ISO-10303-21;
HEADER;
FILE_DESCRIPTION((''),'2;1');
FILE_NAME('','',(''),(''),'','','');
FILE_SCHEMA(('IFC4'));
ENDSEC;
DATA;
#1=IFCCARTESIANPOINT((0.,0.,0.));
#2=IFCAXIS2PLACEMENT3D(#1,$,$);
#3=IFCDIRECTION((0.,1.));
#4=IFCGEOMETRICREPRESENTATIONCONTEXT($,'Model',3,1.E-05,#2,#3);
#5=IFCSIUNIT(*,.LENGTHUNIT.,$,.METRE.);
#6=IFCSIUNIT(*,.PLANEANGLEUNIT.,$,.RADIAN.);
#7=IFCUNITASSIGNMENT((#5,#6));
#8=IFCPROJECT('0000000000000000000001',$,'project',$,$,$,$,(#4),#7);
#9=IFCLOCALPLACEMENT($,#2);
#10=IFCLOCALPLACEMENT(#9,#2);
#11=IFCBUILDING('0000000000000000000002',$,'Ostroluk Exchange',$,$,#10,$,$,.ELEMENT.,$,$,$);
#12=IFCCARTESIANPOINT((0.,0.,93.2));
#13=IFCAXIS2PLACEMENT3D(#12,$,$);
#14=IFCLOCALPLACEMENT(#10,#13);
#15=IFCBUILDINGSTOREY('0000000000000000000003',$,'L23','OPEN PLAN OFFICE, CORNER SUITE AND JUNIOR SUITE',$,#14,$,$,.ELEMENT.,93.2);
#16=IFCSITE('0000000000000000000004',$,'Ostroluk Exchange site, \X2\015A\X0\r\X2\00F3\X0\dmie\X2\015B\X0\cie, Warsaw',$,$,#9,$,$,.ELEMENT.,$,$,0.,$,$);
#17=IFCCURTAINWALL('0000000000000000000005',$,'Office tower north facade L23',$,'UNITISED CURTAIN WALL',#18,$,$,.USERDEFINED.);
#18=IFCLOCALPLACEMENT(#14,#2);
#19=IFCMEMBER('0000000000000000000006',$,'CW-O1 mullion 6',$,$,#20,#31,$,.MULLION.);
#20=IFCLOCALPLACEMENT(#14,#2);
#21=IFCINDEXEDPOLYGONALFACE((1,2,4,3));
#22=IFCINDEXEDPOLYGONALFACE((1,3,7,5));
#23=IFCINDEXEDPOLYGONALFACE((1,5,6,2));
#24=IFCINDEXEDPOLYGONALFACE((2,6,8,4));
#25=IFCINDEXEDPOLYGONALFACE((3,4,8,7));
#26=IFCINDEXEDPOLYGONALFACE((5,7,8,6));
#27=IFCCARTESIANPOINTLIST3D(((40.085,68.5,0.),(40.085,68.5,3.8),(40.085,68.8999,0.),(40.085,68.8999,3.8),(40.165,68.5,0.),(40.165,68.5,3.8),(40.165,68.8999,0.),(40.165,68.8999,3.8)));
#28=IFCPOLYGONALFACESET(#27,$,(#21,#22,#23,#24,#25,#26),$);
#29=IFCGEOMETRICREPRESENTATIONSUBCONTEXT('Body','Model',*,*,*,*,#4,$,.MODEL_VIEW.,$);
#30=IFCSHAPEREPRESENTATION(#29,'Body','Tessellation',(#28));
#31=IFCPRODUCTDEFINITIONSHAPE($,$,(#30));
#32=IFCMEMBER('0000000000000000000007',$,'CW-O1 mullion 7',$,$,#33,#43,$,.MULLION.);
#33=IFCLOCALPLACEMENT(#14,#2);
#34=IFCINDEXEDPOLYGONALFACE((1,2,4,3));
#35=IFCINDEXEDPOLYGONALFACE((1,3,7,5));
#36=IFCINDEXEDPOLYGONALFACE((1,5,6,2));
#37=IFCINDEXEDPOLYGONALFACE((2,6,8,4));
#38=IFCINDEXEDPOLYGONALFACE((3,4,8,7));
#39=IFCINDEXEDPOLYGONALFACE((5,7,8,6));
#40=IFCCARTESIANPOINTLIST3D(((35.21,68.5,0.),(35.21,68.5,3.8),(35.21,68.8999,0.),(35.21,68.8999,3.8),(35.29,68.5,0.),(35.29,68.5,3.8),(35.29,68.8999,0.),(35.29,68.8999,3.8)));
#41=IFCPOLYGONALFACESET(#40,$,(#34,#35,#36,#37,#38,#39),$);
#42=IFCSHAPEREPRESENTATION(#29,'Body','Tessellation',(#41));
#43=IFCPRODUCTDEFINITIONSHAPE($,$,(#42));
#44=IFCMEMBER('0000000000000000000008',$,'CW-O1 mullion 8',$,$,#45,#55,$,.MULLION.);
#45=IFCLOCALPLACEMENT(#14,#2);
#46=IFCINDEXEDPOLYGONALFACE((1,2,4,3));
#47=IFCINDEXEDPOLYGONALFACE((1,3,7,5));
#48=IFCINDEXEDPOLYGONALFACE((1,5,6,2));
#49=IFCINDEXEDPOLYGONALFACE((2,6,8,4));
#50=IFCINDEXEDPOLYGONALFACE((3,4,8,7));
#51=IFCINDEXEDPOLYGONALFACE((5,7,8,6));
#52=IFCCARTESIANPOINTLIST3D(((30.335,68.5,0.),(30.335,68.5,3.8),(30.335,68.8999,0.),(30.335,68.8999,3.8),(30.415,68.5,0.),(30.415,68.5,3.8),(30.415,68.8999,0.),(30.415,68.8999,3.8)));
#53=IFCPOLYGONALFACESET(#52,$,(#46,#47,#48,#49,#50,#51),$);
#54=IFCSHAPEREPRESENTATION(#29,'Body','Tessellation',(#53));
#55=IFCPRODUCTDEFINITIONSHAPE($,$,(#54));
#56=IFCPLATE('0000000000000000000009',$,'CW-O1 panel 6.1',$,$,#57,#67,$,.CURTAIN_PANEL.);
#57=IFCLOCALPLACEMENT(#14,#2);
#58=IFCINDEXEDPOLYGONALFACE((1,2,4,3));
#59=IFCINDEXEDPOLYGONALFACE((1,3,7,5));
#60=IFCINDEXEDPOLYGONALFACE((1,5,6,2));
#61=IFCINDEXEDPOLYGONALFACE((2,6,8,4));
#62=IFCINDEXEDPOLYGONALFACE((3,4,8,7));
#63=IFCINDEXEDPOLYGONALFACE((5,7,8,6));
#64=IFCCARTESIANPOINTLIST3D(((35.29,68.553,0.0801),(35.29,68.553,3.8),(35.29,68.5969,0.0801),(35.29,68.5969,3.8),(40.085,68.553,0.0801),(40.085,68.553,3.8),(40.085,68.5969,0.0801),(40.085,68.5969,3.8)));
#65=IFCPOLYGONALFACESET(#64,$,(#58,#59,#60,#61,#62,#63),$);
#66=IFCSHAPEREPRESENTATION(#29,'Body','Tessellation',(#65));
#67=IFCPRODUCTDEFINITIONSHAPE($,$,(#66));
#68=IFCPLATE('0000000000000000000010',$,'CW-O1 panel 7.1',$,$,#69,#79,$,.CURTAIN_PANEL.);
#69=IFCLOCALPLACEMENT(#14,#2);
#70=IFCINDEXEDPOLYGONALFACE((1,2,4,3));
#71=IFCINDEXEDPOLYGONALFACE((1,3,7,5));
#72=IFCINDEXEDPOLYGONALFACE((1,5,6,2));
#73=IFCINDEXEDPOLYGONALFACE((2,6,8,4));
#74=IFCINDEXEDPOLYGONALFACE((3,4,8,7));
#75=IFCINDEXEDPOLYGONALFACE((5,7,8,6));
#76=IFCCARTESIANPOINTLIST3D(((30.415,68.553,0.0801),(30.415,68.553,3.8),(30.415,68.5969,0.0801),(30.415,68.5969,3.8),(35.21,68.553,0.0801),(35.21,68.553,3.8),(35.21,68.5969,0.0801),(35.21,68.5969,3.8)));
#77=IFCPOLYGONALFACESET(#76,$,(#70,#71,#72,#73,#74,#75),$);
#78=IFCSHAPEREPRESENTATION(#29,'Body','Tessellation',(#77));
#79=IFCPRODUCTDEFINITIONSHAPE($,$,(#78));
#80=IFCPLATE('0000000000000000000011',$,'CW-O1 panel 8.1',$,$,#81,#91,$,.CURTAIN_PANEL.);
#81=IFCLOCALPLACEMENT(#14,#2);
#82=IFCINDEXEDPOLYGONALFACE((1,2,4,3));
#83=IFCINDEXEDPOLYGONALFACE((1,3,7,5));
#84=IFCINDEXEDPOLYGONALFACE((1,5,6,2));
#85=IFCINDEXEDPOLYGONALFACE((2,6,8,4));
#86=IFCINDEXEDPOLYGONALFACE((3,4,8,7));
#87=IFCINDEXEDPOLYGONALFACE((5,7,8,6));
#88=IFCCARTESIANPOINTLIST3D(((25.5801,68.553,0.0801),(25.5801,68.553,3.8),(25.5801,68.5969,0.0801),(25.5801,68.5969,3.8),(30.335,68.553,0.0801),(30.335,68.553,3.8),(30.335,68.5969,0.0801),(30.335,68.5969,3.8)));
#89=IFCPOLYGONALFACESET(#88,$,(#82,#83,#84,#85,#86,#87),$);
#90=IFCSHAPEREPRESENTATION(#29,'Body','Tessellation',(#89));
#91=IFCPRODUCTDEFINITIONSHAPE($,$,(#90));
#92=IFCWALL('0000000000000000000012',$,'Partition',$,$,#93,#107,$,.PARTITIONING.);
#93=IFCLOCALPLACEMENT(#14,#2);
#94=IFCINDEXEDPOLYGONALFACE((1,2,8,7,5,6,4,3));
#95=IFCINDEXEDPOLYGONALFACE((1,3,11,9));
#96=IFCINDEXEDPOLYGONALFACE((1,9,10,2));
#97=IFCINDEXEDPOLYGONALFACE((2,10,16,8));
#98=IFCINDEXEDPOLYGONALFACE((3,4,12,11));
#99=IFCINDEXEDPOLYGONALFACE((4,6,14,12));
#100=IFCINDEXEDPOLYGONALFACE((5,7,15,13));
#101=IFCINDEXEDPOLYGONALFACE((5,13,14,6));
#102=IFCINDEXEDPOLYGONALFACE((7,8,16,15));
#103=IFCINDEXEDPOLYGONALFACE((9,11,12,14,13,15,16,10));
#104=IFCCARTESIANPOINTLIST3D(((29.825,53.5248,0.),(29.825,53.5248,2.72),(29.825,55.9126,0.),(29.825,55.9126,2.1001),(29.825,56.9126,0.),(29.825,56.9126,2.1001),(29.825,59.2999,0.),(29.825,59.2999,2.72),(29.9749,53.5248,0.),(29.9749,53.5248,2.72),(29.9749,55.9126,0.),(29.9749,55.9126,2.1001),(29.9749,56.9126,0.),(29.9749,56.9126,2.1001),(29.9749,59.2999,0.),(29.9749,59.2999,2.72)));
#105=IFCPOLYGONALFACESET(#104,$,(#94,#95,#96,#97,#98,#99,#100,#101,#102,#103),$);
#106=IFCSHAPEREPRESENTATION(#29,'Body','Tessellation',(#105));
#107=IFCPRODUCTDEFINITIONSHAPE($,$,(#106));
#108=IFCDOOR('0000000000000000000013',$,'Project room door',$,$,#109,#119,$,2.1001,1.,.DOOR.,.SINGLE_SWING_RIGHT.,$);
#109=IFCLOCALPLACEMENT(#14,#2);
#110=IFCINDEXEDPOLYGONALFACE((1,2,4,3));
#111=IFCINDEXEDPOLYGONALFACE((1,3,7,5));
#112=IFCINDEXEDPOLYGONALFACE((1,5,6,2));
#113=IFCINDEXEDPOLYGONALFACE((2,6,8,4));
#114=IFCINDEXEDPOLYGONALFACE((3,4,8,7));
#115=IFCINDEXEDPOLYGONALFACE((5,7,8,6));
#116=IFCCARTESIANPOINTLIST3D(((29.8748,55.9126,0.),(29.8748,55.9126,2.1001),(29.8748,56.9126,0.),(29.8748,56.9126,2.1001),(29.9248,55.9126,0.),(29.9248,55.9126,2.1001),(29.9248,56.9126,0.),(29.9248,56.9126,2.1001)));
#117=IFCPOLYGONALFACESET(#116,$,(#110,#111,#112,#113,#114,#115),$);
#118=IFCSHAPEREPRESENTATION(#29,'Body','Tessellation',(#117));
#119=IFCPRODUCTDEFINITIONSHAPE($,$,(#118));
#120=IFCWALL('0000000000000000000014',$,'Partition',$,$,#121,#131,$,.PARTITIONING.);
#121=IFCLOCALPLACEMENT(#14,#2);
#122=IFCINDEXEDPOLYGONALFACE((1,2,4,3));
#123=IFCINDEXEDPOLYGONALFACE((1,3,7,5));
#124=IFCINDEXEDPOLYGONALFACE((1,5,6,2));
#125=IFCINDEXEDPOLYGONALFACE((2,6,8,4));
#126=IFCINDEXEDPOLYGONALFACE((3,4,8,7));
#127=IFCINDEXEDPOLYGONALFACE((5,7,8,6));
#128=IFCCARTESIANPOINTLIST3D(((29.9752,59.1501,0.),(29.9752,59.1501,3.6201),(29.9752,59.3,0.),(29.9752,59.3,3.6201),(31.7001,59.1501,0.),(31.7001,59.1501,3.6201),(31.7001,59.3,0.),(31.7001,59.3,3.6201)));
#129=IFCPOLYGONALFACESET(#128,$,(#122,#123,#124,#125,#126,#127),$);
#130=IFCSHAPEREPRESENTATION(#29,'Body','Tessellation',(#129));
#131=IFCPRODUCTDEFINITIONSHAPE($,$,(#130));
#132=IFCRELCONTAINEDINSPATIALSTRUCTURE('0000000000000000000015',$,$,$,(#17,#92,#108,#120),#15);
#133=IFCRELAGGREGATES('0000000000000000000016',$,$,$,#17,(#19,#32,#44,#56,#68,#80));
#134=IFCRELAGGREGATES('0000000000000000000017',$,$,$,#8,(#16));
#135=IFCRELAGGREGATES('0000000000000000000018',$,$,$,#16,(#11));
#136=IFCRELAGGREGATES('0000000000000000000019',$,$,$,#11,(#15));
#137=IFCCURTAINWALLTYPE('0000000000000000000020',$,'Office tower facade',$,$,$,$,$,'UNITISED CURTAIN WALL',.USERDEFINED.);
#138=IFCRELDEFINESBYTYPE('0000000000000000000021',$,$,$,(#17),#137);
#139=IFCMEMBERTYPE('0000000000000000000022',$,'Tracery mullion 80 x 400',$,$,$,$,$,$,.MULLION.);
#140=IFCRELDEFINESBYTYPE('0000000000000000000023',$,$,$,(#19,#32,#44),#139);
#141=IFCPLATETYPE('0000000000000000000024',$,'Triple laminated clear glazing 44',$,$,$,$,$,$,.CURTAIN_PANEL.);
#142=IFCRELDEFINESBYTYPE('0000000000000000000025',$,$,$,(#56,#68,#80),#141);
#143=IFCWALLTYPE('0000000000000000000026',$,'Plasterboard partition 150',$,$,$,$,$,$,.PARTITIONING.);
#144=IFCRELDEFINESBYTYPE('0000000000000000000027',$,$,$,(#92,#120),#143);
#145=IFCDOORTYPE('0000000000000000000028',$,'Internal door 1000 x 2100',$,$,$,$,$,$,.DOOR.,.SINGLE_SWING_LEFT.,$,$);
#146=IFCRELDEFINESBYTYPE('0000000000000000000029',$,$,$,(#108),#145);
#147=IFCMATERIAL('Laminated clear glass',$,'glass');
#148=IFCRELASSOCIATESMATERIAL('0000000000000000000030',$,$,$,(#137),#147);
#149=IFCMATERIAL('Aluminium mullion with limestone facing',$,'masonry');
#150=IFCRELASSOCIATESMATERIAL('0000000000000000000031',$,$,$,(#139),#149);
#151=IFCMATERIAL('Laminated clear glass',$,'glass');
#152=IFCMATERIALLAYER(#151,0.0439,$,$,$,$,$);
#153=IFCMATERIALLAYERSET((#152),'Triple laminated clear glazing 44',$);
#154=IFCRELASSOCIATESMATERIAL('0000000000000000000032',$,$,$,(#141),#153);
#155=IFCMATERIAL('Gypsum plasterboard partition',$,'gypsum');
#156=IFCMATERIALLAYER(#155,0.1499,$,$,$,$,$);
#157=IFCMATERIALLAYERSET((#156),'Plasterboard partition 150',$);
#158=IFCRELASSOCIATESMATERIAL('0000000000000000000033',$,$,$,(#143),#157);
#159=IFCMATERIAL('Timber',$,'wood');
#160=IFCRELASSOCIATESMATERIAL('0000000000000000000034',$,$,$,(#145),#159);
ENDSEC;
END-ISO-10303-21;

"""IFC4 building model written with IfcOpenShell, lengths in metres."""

from ifc_helpers import new_model, si_unit, direction, frame, frame_2d, origin, origin_2d, place, context, subcontext, project, spatial, rectangle, extrude, material, layer, layer_set, material_profile, profile_set, type_object, element, fill, aggregate, save


model = new_model("IFC4")

# Units and contexts
model_context = context("Model", 3, precision=1e-05, world=origin(), true_north=direction((0.0, 1.0)))
body_context = subcontext(model_context, "Body", "Model", "MODEL_VIEW")
ifc_project = project(units=[si_unit("LENGTHUNIT", "METRE"), si_unit("PLANEANGLEUNIT", "RADIAN")], contexts=[model_context])

# Site, building, storey
site_placement = place(None, origin())
site = spatial("IfcSite", under=ifc_project, at=site_placement, Name="Ostroluk Exchange site, Śródmieście, Warsaw", CompositionType="ELEMENT", RefElevation=0.0)
building_placement = place(site_placement, origin())
building = spatial("IfcBuilding", under=site, at=building_placement, Name="Ostroluk Exchange", CompositionType="ELEMENT")
storey_placement = place(building_placement, frame((0.0, 0.0, 93.2)))
storey = spatial("IfcBuildingStorey", under=building, at=storey_placement, Name="L23", Description="OPEN PLAN OFFICE, CORNER SUITE AND JUNIOR SUITE", CompositionType="ELEMENT", Elevation=93.2)

# Curtain wall, members, plates
ifc_material_1 = material(Name="Laminated clear glass", Category="glass")
curtain_wall_type = type_object("IfcCurtainWallType", Name="Office tower facade", ElementType="UNITISED CURTAIN WALL", PredefinedType="USERDEFINED", material=ifc_material_1)
curtain_wall_placement = place(storey_placement, origin())
curtain_wall = element("IfcCurtainWall", 1, at=curtain_wall_placement, inside=storey, type_object=curtain_wall_type, Name="Office tower north facade L23", ObjectType="UNITISED CURTAIN WALL", PredefinedType="USERDEFINED")
ifc_material_2 = material(Name="Aluminium mullion with limestone facing", Category="masonry")
ifc_material_profile_1 = material_profile(ifc_material_2, rectangle(XDim=0.3999, YDim=0.0801, at=origin_2d()), Name="Tracery mullion 80 x 400")
ifc_profile_set_1 = profile_set([ifc_material_profile_1], Name="Aluminium mullion with limestone facing")
member_type_1 = type_object("IfcMemberType", Name="Tracery mullion 80 x 400", PredefinedType="MULLION", material=ifc_profile_set_1)
member_1_placement = place(storey_placement, frame((40.125, 68.7, 0.0), z_axis=(0.0, 0.0, 1.0), x_axis=(0.0, -1.0, 0.0)))
member_1 = element("IfcMember", 2, at=member_1_placement, type_object=member_type_1, Name="CW-O1 mullion 6", PredefinedType="MULLION", context=body_context, shape_type="SweptSolid", body=[
    extrude(rectangle(XDim=0.3999, YDim=0.0801, at=origin_2d()), origin(), (0.0, 0.0, 1.0), 3.8),
])
member_2_placement = place(storey_placement, frame((35.25, 68.7, 0.0), z_axis=(0.0, 0.0, 1.0), x_axis=(0.0, -1.0, 0.0)))
member_2 = element("IfcMember", 3, at=member_2_placement, type_object=member_type_1, Name="CW-O1 mullion 7", PredefinedType="MULLION", context=body_context, shape_type="SweptSolid", body=[
    extrude(rectangle(XDim=0.3999, YDim=0.0801, at=origin_2d()), origin(), (0.0, 0.0, 1.0), 3.8),
])
member_3_placement = place(storey_placement, frame((30.375, 68.7, 0.0), z_axis=(0.0, 0.0, 1.0), x_axis=(0.0, -1.0, 0.0)))
member_3 = element("IfcMember", 4, at=member_3_placement, type_object=member_type_1, Name="CW-O1 mullion 8", PredefinedType="MULLION", context=body_context, shape_type="SweptSolid", body=[
    extrude(rectangle(XDim=0.3999, YDim=0.0801, at=origin_2d()), origin(), (0.0, 0.0, 1.0), 3.8),
])
ifc_material_3 = material(Name="Laminated clear glass", Category="glass")
ifc_layer_1 = layer(ifc_material_3, 0.0439)
ifc_layer_set_1 = layer_set([ifc_layer_1], Name="Triple laminated clear glazing 44")
plate_type = type_object("IfcPlateType", Name="Triple laminated clear glazing 44", PredefinedType="CURTAIN_PANEL", material=ifc_layer_set_1)
plate_1_placement = place(storey_placement, frame((37.6875, 68.575, 0.0801), z_axis=(0.0, 0.0, 1.0), x_axis=(-1.0, 0.0, 0.0)))
plate_1 = element("IfcPlate", 5, at=plate_1_placement, type_object=plate_type, Name="CW-O1 panel 6.1", PredefinedType="CURTAIN_PANEL", context=body_context, shape_type="SweptSolid", body=[
    extrude(rectangle(XDim=4.7949, YDim=0.0439, at=origin_2d()), origin(), (0.0, 0.0, 1.0), 3.72),
])
plate_2_placement = place(storey_placement, frame((32.8125, 68.575, 0.0801), z_axis=(0.0, 0.0, 1.0), x_axis=(-1.0, 0.0, 0.0)))
plate_2 = element("IfcPlate", 6, at=plate_2_placement, type_object=plate_type, Name="CW-O1 panel 7.1", PredefinedType="CURTAIN_PANEL", context=body_context, shape_type="SweptSolid", body=[
    extrude(rectangle(XDim=4.7949, YDim=0.0439, at=origin_2d()), origin(), (0.0, 0.0, 1.0), 3.72),
])
plate_3_placement = place(storey_placement, frame((27.9575, 68.575, 0.0801), z_axis=(0.0, 0.0, 1.0), x_axis=(-1.0, 0.0, 0.0)))
plate_3 = element("IfcPlate", 7, at=plate_3_placement, type_object=plate_type, Name="CW-O1 panel 8.1", PredefinedType="CURTAIN_PANEL", context=body_context, shape_type="SweptSolid", body=[
    extrude(rectangle(XDim=4.7549, YDim=0.0439, at=origin_2d()), origin(), (0.0, 0.0, 1.0), 3.72),
])
aggregate(curtain_wall, [member_1, member_2, member_3, plate_1, plate_2, plate_3])

# Wall, opening, door
ifc_material_4 = material(Name="Gypsum plasterboard partition", Category="gypsum")
ifc_layer_2 = layer(ifc_material_4, 0.1499)
ifc_layer_set_2 = layer_set([ifc_layer_2], Name="Plasterboard partition 150")
wall_type = type_object("IfcWallType", Name="Plasterboard partition 150", PredefinedType="PARTITIONING", material=ifc_layer_set_2)
wall_1_placement = place(storey_placement, frame((29.8999, 59.3, 0.0), z_axis=(0.0, 0.0, 1.0), x_axis=(0.0, -1.0, 0.0)))
wall_1 = element("IfcWall", 8, at=wall_1_placement, inside=storey, type_object=wall_type, Name="Partition", PredefinedType="PARTITIONING", context=body_context, shape_type="SweptSolid", body=[
    extrude(rectangle(XDim=5.7751, YDim=0.1499, at=frame_2d((2.8877, 0.0))), origin(), (0.0, 0.0, 1.0), 2.72),
])
opening_1_placement = place(wall_1_placement, frame((2.3875, 0.0, 0.0)))
opening_1 = element("IfcOpeningElement", 9, at=opening_1_placement, cuts=wall_1, PredefinedType="OPENING", context=body_context, shape_type="SweptSolid", body=[
    extrude(rectangle(XDim=1.0, YDim=2.1001, at=frame_2d((0.5, 1.05))), frame((0.0, 0.085, 0.0), z_axis=(0.0, -1.0, 0.0), x_axis=(1.0, 0.0, 0.0)), (0.0, 0.0, 1.0), 0.1699),
])
ifc_material_5 = material(Name="Timber", Category="wood")
door_type_1 = type_object("IfcDoorType", Name="Internal door 1000 x 2100", OperationType="SINGLE_SWING_LEFT", PredefinedType="DOOR", material=ifc_material_5)
door_1_placement = place(opening_1_placement, origin())
door_1 = element("IfcDoor", 10, at=door_1_placement, inside=storey, type_object=door_type_1, Name="Project room door", OperationType="SINGLE_SWING_RIGHT", OverallHeight=2.1001, OverallWidth=1.0, PredefinedType="DOOR", context=body_context, shape_type="SweptSolid", body=[
    extrude(rectangle(XDim=1.0, YDim=2.1001, at=frame_2d((0.5, 1.05))), frame((0.0, 0.0249, 0.0), z_axis=(0.0, -1.0, 0.0), x_axis=(1.0, 0.0, 0.0)), (0.0, 0.0, 1.0), 0.05),
])
fill(opening_1, door_1)

# Wall
wall_2_placement = place(storey_placement, frame((31.7, 59.2251, 0.0), z_axis=(0.0, 0.0, 1.0), x_axis=(-1.0, 0.0, 0.0)))
element("IfcWall", 11, at=wall_2_placement, inside=storey, type_object=wall_type, Name="Partition", PredefinedType="PARTITIONING", context=body_context, shape_type="SweptSolid", body=[
    extrude(rectangle(XDim=1.7249, YDim=0.1499, at=frame_2d((0.8623, 0.0))), origin(), (0.0, 0.0, 1.0), 3.6201),
])

save(model, "model.ifc")
